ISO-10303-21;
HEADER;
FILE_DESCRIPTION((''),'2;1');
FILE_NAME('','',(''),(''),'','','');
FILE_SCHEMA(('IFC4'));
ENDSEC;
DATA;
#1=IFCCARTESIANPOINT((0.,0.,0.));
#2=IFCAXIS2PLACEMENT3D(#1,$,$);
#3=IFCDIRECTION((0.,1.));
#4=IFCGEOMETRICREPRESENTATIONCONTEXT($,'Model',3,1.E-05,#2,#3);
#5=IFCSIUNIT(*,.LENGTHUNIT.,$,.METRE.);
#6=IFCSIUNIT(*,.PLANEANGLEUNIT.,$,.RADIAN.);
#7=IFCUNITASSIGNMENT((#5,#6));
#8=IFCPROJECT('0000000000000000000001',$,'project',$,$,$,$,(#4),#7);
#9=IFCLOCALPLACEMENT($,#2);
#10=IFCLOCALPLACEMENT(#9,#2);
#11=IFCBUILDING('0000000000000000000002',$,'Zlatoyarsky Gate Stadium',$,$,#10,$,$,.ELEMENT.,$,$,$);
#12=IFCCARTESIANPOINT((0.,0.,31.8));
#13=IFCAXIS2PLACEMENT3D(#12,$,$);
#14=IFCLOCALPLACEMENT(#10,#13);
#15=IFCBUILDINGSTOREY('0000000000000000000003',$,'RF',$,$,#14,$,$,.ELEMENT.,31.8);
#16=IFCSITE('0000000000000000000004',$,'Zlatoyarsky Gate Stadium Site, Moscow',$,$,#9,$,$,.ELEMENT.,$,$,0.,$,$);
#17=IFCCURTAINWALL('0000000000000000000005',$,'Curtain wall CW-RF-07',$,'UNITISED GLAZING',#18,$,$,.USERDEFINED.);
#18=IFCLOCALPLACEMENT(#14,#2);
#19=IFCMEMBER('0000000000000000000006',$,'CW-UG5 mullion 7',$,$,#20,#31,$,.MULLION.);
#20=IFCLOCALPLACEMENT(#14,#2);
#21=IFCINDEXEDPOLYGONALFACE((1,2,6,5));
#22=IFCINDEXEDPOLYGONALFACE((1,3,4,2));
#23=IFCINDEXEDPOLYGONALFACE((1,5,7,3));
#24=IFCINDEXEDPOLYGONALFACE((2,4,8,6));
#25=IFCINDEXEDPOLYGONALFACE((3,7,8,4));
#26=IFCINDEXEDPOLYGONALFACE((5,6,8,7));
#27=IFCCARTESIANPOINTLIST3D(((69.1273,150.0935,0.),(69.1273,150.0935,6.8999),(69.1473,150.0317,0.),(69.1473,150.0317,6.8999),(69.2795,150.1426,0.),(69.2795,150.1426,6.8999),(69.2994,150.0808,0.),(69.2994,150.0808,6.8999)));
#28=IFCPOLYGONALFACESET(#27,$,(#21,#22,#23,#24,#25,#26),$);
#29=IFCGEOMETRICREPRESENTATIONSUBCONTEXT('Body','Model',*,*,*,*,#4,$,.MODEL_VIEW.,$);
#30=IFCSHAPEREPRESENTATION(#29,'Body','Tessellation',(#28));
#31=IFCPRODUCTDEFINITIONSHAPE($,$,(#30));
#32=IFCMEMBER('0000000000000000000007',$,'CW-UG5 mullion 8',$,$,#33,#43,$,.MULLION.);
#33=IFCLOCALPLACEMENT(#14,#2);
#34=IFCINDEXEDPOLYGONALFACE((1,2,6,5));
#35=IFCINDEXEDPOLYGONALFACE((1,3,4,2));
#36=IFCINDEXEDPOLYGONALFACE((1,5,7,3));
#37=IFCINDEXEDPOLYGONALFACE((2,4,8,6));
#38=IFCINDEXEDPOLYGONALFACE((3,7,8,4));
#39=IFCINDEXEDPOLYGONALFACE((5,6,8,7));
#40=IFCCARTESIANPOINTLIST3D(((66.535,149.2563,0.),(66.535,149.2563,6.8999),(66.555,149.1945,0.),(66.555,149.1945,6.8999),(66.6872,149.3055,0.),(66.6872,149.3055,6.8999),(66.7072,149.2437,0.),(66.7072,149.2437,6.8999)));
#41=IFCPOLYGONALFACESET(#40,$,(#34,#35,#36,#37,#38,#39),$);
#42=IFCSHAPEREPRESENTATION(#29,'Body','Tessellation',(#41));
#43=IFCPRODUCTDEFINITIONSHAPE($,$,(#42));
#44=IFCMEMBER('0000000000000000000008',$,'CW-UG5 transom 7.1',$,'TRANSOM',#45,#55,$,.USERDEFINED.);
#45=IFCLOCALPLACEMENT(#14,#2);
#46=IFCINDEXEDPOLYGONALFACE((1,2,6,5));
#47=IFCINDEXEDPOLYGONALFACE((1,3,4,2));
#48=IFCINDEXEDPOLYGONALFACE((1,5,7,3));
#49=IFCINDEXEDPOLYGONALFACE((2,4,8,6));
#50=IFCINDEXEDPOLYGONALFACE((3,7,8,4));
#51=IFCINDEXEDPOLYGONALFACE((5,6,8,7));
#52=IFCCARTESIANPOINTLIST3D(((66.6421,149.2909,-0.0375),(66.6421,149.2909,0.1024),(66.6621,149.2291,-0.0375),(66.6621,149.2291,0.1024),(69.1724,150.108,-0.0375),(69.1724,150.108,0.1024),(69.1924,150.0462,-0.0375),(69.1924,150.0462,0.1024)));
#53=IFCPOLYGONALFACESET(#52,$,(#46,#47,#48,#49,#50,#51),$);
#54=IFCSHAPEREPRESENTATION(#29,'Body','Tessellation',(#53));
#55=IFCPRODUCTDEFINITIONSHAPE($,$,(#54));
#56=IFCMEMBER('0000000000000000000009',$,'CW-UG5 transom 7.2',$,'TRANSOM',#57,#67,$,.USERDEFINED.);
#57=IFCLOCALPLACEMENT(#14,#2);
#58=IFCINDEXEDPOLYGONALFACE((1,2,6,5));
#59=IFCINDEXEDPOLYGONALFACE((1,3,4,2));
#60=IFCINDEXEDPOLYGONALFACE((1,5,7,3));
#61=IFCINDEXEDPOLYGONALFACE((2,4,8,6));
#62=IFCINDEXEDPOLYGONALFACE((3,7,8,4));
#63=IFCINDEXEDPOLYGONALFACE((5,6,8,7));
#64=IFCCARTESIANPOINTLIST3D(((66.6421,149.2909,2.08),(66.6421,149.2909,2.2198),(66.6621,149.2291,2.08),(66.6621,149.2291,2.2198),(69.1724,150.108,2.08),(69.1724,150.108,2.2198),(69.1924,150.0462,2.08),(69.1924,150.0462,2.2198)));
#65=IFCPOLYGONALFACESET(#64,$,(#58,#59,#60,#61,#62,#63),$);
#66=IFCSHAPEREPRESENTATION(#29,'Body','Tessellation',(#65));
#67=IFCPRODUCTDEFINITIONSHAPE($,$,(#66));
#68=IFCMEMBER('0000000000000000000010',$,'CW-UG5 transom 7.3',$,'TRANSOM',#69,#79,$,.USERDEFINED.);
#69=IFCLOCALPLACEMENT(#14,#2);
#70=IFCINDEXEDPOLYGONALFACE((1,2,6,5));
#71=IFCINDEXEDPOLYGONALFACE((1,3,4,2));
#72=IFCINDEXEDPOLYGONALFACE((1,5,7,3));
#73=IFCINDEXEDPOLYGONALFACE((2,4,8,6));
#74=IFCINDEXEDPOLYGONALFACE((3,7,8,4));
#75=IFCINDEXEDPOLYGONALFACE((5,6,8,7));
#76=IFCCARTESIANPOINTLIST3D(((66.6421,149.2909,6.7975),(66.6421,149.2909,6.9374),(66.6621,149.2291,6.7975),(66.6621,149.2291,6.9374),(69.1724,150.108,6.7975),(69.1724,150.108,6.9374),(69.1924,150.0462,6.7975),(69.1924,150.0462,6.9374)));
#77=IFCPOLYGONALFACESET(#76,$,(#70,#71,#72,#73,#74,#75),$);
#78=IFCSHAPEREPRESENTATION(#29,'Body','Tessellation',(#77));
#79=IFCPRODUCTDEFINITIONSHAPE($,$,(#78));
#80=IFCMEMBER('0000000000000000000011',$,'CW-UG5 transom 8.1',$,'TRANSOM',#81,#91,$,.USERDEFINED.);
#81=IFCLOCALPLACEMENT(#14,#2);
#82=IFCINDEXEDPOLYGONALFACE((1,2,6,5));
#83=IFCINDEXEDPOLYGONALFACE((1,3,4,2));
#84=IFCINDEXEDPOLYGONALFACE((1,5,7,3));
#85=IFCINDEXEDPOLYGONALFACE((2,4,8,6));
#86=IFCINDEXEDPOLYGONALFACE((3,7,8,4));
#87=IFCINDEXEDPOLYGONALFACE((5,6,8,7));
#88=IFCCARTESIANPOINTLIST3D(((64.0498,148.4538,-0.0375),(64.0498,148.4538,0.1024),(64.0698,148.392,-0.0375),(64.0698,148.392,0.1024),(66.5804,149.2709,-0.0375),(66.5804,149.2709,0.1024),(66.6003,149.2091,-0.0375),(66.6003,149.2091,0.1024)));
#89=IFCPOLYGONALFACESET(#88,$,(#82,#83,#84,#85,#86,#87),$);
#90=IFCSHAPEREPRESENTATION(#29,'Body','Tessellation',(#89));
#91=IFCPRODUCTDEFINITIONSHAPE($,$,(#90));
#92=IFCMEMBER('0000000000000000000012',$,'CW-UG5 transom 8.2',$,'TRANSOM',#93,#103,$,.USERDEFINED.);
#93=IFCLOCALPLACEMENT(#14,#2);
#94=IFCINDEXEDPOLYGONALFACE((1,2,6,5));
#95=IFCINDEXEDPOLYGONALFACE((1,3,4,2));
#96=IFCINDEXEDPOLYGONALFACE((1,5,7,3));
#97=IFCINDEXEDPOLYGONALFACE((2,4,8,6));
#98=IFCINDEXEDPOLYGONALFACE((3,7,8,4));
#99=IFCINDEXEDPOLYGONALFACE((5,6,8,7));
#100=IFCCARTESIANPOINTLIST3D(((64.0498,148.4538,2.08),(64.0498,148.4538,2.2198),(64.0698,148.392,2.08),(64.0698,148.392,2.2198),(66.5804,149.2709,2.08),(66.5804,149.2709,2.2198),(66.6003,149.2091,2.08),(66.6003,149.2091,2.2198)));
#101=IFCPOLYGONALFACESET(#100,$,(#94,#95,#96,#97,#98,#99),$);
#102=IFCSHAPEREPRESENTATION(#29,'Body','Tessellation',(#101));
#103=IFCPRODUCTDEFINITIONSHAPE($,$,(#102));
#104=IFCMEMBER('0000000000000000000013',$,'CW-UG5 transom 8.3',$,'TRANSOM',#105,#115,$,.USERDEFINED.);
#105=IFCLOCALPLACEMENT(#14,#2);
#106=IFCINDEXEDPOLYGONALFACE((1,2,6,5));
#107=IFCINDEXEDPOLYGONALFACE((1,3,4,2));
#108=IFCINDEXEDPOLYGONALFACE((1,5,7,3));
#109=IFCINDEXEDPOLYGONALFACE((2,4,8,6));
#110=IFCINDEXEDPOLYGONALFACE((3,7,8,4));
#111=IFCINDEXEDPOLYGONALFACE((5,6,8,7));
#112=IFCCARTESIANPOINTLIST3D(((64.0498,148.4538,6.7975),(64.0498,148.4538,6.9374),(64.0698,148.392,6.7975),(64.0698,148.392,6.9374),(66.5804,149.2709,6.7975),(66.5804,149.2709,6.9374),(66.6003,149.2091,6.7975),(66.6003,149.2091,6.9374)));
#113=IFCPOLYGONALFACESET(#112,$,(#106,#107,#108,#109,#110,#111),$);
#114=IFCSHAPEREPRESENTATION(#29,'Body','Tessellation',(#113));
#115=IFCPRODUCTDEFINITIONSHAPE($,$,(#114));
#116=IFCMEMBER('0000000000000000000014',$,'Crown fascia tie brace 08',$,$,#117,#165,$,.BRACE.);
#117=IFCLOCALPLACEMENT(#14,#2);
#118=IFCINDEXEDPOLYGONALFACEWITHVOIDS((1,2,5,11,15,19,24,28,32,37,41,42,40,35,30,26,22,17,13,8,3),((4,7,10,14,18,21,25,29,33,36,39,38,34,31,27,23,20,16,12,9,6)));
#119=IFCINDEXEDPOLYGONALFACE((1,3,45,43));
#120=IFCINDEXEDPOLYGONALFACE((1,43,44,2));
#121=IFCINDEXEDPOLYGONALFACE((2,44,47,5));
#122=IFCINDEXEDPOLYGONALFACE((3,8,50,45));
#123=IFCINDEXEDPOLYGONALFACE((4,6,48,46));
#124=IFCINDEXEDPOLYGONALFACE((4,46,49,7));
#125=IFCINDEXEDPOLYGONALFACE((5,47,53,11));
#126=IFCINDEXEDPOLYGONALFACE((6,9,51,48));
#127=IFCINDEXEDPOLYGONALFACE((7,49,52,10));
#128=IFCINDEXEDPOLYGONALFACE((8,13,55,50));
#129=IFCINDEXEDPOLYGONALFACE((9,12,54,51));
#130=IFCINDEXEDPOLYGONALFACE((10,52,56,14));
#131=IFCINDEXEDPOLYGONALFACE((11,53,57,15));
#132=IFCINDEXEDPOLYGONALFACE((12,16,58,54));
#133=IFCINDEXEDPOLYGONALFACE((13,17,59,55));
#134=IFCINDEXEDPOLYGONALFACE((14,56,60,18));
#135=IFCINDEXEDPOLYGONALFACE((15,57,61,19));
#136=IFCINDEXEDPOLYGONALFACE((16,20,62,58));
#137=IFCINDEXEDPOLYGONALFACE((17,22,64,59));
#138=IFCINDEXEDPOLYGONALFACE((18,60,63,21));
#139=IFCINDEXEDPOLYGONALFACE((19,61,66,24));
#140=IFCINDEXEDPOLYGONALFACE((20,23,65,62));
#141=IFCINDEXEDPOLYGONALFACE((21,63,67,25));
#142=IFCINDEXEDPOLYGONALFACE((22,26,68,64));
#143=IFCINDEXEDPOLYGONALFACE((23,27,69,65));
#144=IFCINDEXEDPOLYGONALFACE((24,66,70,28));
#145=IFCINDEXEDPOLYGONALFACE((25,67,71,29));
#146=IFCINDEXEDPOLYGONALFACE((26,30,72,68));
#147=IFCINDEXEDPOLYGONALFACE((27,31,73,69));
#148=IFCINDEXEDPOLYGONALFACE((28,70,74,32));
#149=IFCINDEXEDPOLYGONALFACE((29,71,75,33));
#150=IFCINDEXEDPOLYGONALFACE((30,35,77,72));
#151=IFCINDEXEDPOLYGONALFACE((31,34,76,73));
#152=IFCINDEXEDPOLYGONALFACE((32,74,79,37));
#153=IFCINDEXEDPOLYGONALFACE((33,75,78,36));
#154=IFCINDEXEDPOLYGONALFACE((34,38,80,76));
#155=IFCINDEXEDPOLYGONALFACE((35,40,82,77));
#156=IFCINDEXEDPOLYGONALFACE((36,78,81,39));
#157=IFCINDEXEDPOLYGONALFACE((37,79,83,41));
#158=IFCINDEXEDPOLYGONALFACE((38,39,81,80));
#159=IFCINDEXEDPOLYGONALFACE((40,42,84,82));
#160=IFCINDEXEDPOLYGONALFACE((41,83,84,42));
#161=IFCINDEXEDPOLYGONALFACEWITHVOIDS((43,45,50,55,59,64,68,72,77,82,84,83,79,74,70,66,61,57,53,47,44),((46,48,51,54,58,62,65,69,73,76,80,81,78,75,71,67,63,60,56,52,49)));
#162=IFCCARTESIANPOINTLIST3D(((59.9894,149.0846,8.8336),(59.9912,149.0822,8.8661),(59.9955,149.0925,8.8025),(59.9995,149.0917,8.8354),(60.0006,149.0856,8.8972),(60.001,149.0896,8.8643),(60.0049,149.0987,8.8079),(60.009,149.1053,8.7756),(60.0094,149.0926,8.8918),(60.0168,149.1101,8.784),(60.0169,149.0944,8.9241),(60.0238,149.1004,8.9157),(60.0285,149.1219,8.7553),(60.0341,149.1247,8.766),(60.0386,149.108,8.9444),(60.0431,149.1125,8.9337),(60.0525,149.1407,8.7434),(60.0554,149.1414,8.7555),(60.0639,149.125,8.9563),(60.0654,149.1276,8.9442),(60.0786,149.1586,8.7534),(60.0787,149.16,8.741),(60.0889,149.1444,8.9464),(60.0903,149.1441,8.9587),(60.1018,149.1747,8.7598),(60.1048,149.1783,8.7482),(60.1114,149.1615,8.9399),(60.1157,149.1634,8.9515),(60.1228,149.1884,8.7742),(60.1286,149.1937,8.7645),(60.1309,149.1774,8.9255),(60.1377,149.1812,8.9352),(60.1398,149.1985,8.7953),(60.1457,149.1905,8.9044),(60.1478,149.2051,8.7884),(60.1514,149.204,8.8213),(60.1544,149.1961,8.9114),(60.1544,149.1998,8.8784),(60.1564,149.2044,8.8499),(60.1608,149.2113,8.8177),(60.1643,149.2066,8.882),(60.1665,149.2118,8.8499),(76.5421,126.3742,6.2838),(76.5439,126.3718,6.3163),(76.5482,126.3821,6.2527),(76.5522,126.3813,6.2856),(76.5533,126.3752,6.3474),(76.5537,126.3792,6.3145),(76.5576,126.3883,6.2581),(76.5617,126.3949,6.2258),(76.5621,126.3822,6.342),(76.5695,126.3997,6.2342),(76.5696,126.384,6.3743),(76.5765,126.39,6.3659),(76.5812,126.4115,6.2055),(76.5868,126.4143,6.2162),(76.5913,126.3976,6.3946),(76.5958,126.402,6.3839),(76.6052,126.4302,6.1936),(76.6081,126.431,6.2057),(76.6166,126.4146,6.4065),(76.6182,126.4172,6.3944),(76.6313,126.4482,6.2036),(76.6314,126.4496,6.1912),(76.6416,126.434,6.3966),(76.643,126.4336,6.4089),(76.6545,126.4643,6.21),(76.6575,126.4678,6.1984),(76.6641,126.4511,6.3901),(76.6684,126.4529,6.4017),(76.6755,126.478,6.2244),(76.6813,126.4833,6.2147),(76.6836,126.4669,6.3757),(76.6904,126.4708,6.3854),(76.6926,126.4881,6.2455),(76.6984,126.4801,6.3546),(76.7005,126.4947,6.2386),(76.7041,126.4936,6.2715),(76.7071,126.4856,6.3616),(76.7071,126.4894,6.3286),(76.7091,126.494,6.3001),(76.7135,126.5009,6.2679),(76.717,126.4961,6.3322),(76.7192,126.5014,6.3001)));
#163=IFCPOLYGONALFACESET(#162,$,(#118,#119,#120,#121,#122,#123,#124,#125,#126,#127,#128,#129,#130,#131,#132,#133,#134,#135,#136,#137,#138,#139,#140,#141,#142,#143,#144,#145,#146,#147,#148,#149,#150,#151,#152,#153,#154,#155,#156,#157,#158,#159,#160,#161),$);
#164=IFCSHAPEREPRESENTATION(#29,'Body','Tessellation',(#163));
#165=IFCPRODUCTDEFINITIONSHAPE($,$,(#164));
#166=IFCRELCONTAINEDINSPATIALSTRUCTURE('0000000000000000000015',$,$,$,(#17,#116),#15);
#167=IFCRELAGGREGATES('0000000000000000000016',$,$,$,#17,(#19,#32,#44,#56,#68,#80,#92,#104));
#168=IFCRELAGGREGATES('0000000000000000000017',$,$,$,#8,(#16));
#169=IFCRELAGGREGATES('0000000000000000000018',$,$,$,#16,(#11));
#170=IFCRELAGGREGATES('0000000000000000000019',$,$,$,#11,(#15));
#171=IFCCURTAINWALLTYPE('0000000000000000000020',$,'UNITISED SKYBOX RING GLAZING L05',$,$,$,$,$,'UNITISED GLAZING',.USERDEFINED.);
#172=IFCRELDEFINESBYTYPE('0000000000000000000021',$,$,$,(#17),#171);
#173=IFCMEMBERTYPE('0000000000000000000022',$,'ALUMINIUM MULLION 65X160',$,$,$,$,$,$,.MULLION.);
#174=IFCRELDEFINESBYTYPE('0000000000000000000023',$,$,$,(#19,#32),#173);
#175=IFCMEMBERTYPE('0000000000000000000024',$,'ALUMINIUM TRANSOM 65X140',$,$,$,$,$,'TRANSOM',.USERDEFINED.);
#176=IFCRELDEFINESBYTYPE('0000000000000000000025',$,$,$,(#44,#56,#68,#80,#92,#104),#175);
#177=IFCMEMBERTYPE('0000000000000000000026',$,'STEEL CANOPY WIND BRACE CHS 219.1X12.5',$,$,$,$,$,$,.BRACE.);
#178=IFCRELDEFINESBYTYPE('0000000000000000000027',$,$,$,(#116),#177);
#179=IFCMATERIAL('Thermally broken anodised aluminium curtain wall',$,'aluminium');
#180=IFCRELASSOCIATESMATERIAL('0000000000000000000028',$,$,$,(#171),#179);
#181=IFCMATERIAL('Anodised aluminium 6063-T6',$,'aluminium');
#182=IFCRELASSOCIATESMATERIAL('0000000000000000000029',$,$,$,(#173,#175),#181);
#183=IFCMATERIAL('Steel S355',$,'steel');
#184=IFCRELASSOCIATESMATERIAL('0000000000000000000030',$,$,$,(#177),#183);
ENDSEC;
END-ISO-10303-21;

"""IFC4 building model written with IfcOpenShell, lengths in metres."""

from ifc_helpers import new_model, si_unit, direction, frame, origin, origin_2d, place, context, subcontext, project, spatial, rectangle, hollow_circle, extrude, material, material_profile, profile_set, type_object, element, aggregate, save


model = new_model("IFC4")

# Units and contexts
model_context = context("Model", 3, precision=1e-05, world=origin(), true_north=direction((0.0, 1.0)))
body_context = subcontext(model_context, "Body", "Model", "MODEL_VIEW")
ifc_project = project(units=[si_unit("LENGTHUNIT", "METRE"), si_unit("PLANEANGLEUNIT", "RADIAN")], contexts=[model_context])

# Site, building, storey
site_placement = place(None, origin())
site = spatial("IfcSite", under=ifc_project, at=site_placement, Name="Zlatoyarsky Gate Stadium Site, Moscow", CompositionType="ELEMENT", RefElevation=0.0)
building_placement = place(site_placement, origin())
building = spatial("IfcBuilding", under=site, at=building_placement, Name="Zlatoyarsky Gate Stadium", CompositionType="ELEMENT")
storey_placement = place(building_placement, frame((0.0, 0.0, 31.8)))
storey = spatial("IfcBuildingStorey", under=building, at=storey_placement, Name="RF", CompositionType="ELEMENT", Elevation=31.8)

# Curtain wall, members
ifc_material_1 = material(Name="Thermally broken anodised aluminium curtain wall", Category="aluminium")
curtain_wall_type = type_object("IfcCurtainWallType", Name="UNITISED SKYBOX RING GLAZING L05", ElementType="UNITISED GLAZING", PredefinedType="USERDEFINED", material=ifc_material_1)
curtain_wall_placement = place(storey_placement, origin())
curtain_wall = element("IfcCurtainWall", 1, at=curtain_wall_placement, inside=storey, type_object=curtain_wall_type, Name="Curtain wall CW-RF-07", ObjectType="UNITISED GLAZING", PredefinedType="USERDEFINED")
ifc_material_2 = material(Name="Anodised aluminium 6063-T6", Category="aluminium")
ifc_material_profile_1 = material_profile(ifc_material_2, rectangle(XDim=0.0649, YDim=0.1599, at=origin_2d()), Name="ALU 65X160")
ifc_profile_set_1 = profile_set([ifc_material_profile_1], Name="Anodised aluminium 6063-T6")
member_type_1 = type_object("IfcMemberType", Name="ALUMINIUM MULLION 65X160", PredefinedType="MULLION", material=ifc_profile_set_1)
member_1_placement = place(storey_placement, frame((69.2134, 150.0872, 0.0), z_axis=(0.0, 0.0, 1.0), x_axis=(0.307352, -0.951596, 0.0)))
member_1 = element("IfcMember", 2, at=member_1_placement, type_object=member_type_1, Name="CW-UG5 mullion 7", PredefinedType="MULLION", context=body_context, shape_type="SweptSolid", body=[
    extrude(rectangle(XDim=0.0649, YDim=0.1599, at=origin_2d()), origin(), (0.0, 0.0, 1.0), 6.8999),
])
member_2_placement = place(storey_placement, frame((66.6211, 149.25, 0.0), z_axis=(0.0, 0.0, 1.0), x_axis=(0.307352, -0.951596, 0.0)))
member_2 = element("IfcMember", 3, at=member_2_placement, type_object=member_type_1, Name="CW-UG5 mullion 8", PredefinedType="MULLION", context=body_context, shape_type="SweptSolid", body=[
    extrude(rectangle(XDim=0.0649, YDim=0.1599, at=origin_2d()), origin(), (0.0, 0.0, 1.0), 6.8999),
])
ifc_material_profile_2 = material_profile(ifc_material_2, rectangle(XDim=0.0649, YDim=0.1399, at=origin_2d()), Name="ALU 65X140")
ifc_profile_set_2 = profile_set([ifc_material_profile_2], Name="Anodised aluminium 6063-T6")
member_type_2 = type_object("IfcMemberType", Name="ALUMINIUM TRANSOM 65X140", ElementType="TRANSOM", PredefinedType="USERDEFINED", material=ifc_profile_set_2)
member_3_placement = place(storey_placement, frame((69.1824, 150.0771, 0.0325), z_axis=(-0.951607, -0.307317, 0.0), x_axis=(0.307317, -0.951607, 0.0)))
member_3 = element("IfcMember", 4, at=member_3_placement, type_object=member_type_2, Name="CW-UG5 transom 7.1", ObjectType="TRANSOM", PredefinedType="USERDEFINED", context=body_context, shape_type="SweptSolid", body=[
    extrude(rectangle(XDim=0.0649, YDim=0.1399, at=origin_2d()), origin(), (0.0, 0.0, 1.0), 2.6589),
])
member_4_placement = place(storey_placement, frame((69.1824, 150.0771, 2.1499), z_axis=(-0.951607, -0.307317, 0.0), x_axis=(0.307317, -0.951607, 0.0)))
member_4 = element("IfcMember", 5, at=member_4_placement, type_object=member_type_2, Name="CW-UG5 transom 7.2", ObjectType="TRANSOM", PredefinedType="USERDEFINED", context=body_context, shape_type="SweptSolid", body=[
    extrude(rectangle(XDim=0.0649, YDim=0.1399, at=origin_2d()), origin(), (0.0, 0.0, 1.0), 2.6589),
])
member_5_placement = place(storey_placement, frame((69.1824, 150.0771, 6.8674), z_axis=(-0.951607, -0.307317, 0.0), x_axis=(0.307317, -0.951607, 0.0)))
member_5 = element("IfcMember", 6, at=member_5_placement, type_object=member_type_2, Name="CW-UG5 transom 7.3", ObjectType="TRANSOM", PredefinedType="USERDEFINED", context=body_context, shape_type="SweptSolid", body=[
    extrude(rectangle(XDim=0.0649, YDim=0.1399, at=origin_2d()), origin(), (0.0, 0.0, 1.0), 2.6589),
])
member_6_placement = place(storey_placement, frame((66.5903, 149.24, 0.0325), z_axis=(-0.951616, -0.30729, 0.0), x_axis=(0.30729, -0.951616, 0.0)))
member_6 = element("IfcMember", 7, at=member_6_placement, type_object=member_type_2, Name="CW-UG5 transom 8.1", ObjectType="TRANSOM", PredefinedType="USERDEFINED", context=body_context, shape_type="SweptSolid", body=[
    extrude(rectangle(XDim=0.0649, YDim=0.1399, at=origin_2d()), origin(), (0.0, 0.0, 1.0), 2.6592),
])
member_7_placement = place(storey_placement, frame((66.5903, 149.24, 2.1499), z_axis=(-0.951616, -0.30729, 0.0), x_axis=(0.30729, -0.951616, 0.0)))
member_7 = element("IfcMember", 8, at=member_7_placement, type_object=member_type_2, Name="CW-UG5 transom 8.2", ObjectType="TRANSOM", PredefinedType="USERDEFINED", context=body_context, shape_type="SweptSolid", body=[
    extrude(rectangle(XDim=0.0649, YDim=0.1399, at=origin_2d()), origin(), (0.0, 0.0, 1.0), 2.6592),
])
member_8_placement = place(storey_placement, frame((66.5903, 149.24, 6.8674), z_axis=(-0.951616, -0.30729, 0.0), x_axis=(0.30729, -0.951616, 0.0)))
member_8 = element("IfcMember", 9, at=member_8_placement, type_object=member_type_2, Name="CW-UG5 transom 8.3", ObjectType="TRANSOM", PredefinedType="USERDEFINED", context=body_context, shape_type="SweptSolid", body=[
    extrude(rectangle(XDim=0.0649, YDim=0.1399, at=origin_2d()), origin(), (0.0, 0.0, 1.0), 2.6592),
])

# Member
ifc_material_3 = material(Name="Steel S355", Category="steel")
ifc_material_profile_3 = material_profile(ifc_material_3, hollow_circle(Radius=0.1096, WallThickness=0.0125, at=origin_2d()), Name="CHS 219.1X12.5")
ifc_profile_set_3 = profile_set([ifc_material_profile_3], Name="Steel S355")
member_type_3 = type_object("IfcMemberType", Name="STEEL CANOPY WIND BRACE CHS 219.1X12.5", PredefinedType="BRACE", material=ifc_profile_set_3)
member_9_placement = place(storey_placement, frame((60.0779, 149.1472, 8.8499), z_axis=(0.586601, -0.80482, -0.090361), x_axis=(0.808126, 0.58901, 0.0)))
element("IfcMember", 10, at=member_9_placement, inside=storey, type_object=member_type_3, Name="Crown fascia tie brace 08", PredefinedType="BRACE", context=body_context, shape_type="SweptSolid", body=[
    extrude(hollow_circle(Radius=0.1096, WallThickness=0.0125, at=origin_2d()), origin(), (0.0, 0.0, 1.0), 28.218),
])

aggregate(curtain_wall, [member_1, member_2, member_3, member_4, member_5, member_6, member_7, member_8])

save(model, "model.ifc")
